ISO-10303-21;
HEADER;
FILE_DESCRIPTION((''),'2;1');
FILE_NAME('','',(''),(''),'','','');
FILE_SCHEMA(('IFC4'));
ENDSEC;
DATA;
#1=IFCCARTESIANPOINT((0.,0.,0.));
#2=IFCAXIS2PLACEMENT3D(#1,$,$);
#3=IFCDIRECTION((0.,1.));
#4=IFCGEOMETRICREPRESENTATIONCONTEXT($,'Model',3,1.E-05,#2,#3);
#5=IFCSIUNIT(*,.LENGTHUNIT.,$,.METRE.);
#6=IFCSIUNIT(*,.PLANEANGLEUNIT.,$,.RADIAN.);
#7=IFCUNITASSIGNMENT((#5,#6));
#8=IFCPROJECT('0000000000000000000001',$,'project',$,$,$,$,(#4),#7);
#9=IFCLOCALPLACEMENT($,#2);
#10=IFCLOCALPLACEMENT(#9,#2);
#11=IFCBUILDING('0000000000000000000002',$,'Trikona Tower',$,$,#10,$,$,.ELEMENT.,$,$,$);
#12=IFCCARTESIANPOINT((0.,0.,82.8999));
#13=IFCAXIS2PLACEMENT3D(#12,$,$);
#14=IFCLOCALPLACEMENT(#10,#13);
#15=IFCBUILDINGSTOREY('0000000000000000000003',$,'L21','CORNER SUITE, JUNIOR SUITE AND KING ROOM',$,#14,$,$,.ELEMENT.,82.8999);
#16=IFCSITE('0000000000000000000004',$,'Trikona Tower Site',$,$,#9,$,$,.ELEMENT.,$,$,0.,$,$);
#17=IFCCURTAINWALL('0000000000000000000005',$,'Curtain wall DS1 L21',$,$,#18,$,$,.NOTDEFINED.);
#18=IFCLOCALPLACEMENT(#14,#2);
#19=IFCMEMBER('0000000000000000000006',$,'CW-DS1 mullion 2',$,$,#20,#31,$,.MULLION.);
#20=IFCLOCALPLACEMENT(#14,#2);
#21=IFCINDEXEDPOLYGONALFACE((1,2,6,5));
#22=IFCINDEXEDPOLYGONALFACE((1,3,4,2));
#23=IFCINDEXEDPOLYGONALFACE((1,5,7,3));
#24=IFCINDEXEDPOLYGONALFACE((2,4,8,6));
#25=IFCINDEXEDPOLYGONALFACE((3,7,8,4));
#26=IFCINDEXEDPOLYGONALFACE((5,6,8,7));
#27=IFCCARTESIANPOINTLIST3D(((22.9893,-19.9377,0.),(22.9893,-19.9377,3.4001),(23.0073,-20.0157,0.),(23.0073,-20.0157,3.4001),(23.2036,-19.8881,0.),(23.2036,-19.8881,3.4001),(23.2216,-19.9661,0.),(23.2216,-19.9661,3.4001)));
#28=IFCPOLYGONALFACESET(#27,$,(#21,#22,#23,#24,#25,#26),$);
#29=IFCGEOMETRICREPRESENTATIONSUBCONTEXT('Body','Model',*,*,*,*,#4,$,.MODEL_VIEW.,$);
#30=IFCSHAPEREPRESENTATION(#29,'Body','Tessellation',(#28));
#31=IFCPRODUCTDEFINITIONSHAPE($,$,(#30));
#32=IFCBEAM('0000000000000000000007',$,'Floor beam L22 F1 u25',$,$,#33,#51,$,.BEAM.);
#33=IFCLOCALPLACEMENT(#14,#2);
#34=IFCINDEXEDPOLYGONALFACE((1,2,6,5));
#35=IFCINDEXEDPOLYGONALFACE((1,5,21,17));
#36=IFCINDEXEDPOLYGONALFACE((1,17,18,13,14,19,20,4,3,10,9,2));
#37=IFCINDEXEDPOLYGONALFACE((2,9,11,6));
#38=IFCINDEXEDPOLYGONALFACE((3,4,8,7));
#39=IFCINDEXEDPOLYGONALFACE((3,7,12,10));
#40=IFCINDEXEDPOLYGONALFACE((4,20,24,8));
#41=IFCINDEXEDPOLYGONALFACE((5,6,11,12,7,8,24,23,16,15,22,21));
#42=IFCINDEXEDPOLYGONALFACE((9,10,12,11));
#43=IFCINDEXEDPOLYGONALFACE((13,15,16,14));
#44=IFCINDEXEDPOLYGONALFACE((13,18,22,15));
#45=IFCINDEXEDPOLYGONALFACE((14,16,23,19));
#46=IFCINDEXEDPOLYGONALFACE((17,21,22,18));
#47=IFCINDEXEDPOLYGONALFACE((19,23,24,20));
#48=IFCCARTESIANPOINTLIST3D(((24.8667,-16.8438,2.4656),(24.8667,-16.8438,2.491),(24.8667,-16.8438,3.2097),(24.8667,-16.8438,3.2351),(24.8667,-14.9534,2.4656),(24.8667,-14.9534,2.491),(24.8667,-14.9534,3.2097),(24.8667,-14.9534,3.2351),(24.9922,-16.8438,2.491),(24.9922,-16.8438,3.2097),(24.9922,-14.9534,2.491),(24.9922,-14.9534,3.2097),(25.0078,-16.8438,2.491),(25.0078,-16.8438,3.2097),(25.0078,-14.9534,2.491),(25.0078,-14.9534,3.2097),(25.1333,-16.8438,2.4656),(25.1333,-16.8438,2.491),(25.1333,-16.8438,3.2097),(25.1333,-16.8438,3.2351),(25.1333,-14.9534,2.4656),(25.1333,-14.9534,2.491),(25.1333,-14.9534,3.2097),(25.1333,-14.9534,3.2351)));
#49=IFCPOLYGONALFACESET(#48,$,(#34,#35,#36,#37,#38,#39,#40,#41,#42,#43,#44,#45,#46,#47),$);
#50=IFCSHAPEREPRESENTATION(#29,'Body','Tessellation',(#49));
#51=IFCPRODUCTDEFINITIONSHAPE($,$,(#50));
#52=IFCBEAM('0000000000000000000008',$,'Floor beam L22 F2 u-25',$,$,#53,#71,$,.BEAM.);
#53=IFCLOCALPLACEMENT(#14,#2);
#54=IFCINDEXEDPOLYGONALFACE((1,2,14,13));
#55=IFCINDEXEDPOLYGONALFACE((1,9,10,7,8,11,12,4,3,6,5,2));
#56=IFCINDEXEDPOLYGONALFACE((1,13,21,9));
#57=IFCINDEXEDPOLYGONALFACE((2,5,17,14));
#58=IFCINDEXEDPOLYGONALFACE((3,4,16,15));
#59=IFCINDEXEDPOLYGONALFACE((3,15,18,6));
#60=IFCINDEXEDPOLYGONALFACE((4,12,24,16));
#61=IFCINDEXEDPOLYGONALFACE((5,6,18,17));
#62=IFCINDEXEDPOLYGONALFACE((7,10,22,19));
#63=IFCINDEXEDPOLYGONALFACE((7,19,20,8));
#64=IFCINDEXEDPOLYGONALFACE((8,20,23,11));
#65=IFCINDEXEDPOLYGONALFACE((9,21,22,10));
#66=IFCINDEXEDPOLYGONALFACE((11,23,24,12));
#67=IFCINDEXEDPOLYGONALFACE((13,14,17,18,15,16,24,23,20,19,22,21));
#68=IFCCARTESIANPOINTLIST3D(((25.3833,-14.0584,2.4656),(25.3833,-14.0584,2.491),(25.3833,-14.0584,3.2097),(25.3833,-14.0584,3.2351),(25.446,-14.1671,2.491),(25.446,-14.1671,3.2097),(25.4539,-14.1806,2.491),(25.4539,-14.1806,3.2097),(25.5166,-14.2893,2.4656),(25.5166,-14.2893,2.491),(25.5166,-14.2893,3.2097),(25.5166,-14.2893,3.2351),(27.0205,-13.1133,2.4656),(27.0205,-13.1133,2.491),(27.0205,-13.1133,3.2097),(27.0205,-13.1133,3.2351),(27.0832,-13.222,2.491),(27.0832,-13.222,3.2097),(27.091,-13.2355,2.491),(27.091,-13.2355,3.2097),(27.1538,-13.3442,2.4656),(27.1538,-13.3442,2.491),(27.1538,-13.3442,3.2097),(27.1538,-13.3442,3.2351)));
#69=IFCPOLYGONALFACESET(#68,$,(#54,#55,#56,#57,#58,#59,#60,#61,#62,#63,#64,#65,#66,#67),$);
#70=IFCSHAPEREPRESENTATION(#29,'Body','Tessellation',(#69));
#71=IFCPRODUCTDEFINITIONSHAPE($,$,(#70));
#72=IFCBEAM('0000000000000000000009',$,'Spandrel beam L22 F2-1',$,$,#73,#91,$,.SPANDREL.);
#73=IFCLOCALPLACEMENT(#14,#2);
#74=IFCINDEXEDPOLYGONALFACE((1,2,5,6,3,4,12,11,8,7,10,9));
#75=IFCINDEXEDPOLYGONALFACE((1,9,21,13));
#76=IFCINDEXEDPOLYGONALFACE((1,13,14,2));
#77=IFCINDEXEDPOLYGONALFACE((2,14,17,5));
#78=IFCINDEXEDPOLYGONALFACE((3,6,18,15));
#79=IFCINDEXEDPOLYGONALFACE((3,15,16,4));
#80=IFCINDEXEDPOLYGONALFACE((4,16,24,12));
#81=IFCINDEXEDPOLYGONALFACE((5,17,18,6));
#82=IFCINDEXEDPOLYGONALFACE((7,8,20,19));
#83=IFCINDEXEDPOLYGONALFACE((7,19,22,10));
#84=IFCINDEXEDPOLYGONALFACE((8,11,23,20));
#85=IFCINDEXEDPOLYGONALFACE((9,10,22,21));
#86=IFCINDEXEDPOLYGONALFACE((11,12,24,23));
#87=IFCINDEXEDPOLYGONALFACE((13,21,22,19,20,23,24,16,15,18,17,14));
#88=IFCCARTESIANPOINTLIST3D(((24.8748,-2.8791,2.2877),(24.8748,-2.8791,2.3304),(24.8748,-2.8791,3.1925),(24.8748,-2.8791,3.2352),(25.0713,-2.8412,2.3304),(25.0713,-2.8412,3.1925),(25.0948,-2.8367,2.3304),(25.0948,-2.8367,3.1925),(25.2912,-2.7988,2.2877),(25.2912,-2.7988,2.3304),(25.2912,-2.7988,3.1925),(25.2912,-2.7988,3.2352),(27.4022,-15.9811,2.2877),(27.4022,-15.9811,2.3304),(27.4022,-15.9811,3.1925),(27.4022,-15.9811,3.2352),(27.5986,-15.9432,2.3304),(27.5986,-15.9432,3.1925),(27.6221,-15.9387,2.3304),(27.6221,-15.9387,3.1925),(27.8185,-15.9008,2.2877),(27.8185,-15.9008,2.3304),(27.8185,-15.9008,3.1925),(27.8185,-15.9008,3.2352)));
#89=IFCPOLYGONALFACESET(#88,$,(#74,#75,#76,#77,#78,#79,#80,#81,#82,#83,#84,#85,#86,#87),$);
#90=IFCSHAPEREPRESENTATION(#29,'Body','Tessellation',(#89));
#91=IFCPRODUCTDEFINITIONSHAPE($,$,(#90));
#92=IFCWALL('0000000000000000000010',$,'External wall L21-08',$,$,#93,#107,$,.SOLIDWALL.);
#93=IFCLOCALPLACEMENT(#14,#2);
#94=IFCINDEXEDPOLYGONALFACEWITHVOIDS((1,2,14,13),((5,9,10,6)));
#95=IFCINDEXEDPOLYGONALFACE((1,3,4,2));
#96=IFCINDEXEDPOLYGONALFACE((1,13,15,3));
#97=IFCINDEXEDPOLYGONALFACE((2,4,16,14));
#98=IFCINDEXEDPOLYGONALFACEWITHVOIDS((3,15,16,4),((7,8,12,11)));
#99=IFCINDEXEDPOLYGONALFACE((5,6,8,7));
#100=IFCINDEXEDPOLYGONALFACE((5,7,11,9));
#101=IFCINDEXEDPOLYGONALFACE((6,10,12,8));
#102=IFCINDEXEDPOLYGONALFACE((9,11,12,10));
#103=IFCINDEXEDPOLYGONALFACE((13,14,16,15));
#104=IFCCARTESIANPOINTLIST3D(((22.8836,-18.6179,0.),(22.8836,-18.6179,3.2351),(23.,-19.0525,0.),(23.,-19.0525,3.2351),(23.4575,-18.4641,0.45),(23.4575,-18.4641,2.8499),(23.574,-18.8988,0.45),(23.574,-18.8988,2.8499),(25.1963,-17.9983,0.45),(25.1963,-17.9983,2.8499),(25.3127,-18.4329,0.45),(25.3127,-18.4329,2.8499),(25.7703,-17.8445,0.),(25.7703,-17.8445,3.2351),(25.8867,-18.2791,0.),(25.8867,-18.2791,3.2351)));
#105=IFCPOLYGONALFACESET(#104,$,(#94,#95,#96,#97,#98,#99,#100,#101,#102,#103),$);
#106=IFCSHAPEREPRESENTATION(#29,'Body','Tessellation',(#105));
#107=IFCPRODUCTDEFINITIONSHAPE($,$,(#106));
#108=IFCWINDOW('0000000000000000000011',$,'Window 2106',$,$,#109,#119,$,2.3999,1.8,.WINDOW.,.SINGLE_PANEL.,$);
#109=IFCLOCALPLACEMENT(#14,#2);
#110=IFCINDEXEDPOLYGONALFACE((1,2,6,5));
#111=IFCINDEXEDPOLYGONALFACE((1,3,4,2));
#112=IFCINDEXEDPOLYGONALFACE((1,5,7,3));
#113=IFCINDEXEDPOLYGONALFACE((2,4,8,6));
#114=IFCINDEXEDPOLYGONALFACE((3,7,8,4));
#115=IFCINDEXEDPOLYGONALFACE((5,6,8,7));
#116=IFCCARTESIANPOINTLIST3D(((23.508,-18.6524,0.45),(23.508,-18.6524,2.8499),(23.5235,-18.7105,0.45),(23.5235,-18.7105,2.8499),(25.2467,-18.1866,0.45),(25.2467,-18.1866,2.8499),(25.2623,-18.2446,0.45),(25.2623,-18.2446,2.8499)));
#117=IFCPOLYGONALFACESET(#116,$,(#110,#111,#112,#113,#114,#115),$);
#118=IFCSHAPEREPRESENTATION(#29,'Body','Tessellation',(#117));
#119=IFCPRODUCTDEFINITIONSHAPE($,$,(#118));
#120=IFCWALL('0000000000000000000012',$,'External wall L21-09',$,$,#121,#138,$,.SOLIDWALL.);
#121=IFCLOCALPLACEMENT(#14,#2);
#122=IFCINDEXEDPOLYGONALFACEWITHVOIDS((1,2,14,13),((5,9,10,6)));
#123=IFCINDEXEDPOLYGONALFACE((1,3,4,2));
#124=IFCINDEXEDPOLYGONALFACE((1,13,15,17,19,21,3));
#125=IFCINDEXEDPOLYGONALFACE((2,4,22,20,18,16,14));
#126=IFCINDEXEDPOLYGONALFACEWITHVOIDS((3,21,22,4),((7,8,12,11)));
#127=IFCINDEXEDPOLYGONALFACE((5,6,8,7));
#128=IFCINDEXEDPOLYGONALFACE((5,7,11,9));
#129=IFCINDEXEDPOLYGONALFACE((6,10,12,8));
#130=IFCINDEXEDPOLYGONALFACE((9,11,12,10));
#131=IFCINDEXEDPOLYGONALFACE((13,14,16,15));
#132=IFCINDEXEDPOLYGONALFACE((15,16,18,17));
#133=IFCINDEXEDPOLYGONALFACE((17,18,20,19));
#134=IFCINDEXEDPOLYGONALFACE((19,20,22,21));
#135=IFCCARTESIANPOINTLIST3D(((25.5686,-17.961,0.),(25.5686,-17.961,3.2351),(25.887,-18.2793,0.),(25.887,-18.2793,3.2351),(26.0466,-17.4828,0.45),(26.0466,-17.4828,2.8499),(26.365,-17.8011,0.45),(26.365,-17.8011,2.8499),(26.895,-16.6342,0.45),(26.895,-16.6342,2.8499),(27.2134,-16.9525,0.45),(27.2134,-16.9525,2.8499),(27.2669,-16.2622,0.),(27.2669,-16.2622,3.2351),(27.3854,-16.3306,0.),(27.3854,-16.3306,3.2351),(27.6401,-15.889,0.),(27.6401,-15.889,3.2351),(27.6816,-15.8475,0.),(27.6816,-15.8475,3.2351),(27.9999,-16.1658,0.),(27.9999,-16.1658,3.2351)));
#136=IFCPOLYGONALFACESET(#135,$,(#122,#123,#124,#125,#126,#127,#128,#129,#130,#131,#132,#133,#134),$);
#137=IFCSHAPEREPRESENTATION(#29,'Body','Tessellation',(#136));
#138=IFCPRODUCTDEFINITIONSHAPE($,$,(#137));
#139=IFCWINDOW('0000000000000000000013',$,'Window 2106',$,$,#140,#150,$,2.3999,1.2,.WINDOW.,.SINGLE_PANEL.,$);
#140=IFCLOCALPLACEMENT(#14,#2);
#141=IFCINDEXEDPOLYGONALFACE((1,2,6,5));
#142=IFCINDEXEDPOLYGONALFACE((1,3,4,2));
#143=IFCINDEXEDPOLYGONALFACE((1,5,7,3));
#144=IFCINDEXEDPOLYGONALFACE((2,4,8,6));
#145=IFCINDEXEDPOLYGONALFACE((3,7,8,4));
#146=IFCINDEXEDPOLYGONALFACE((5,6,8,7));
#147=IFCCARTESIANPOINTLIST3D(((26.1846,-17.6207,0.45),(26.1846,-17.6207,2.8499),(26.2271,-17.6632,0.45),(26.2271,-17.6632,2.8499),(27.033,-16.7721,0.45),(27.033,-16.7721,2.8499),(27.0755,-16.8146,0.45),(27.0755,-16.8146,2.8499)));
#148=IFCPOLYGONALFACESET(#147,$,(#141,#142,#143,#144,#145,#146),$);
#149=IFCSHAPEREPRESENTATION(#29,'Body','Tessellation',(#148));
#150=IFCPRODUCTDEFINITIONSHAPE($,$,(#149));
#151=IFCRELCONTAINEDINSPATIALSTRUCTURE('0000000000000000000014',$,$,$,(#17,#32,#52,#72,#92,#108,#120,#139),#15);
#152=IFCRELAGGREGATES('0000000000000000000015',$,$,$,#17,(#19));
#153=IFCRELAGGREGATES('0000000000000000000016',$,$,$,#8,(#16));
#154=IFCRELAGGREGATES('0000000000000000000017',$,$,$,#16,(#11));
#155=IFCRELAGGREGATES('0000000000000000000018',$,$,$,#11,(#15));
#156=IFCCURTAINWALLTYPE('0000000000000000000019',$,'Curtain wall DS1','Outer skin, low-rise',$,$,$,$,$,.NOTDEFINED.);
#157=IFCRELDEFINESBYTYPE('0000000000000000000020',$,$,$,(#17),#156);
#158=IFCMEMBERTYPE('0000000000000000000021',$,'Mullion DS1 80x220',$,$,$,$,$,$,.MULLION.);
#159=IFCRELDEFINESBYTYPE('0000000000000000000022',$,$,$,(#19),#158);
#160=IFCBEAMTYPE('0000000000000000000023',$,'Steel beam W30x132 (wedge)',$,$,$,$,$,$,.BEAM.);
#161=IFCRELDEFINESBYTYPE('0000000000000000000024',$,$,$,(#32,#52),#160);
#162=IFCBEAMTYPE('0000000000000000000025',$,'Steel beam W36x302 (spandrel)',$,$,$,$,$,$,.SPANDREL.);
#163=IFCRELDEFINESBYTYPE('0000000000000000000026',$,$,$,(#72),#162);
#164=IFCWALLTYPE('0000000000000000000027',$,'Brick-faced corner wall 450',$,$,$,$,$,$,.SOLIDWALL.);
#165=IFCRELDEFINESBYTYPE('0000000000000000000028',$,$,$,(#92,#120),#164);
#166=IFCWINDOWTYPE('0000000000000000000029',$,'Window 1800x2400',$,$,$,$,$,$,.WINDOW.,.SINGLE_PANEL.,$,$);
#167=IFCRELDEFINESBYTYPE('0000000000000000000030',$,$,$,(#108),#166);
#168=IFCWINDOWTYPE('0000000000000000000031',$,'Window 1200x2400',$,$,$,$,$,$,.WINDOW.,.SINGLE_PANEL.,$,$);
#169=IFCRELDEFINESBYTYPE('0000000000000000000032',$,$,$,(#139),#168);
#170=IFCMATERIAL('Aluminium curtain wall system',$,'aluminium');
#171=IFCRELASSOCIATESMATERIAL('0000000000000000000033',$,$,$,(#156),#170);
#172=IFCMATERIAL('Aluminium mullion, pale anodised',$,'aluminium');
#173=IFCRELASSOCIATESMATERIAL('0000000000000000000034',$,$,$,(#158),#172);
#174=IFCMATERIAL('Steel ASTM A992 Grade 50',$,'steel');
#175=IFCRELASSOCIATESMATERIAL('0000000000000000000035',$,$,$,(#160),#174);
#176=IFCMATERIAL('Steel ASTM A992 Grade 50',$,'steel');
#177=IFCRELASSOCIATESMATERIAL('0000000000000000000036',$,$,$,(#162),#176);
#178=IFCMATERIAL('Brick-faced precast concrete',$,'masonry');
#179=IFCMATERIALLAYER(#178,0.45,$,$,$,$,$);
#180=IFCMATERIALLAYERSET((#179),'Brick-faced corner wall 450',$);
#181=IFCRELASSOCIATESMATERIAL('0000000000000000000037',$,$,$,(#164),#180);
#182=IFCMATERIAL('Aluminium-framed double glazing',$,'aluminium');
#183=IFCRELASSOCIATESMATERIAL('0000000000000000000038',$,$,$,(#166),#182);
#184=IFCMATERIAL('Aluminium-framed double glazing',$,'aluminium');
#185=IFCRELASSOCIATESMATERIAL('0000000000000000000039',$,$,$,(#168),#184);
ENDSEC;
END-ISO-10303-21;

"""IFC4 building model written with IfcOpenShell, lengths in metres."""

from ifc_helpers import new_model, si_unit, direction, frame, frame_2d, origin, origin_2d, place, context, subcontext, project, spatial, polyline, rectangle, i_section, outline, extrude, material, layer, layer_set, material_profile, profile_set, type_object, element, fill, aggregate, save


model = new_model("IFC4")

# Units and contexts
model_context = context("Model", 3, precision=1e-05, world=origin(), true_north=direction((0.0, 1.0)))
body_context = subcontext(model_context, "Body", "Model", "MODEL_VIEW")
ifc_project = project(units=[si_unit("LENGTHUNIT", "METRE"), si_unit("PLANEANGLEUNIT", "RADIAN")], contexts=[model_context])

# Site, building, storey
site_placement = place(None, origin())
site = spatial("IfcSite", under=ifc_project, at=site_placement, Name="Trikona Tower Site", CompositionType="ELEMENT", RefElevation=0.0)
building_placement = place(site_placement, origin())
building = spatial("IfcBuilding", under=site, at=building_placement, Name="Trikona Tower", CompositionType="ELEMENT")
storey_placement = place(building_placement, frame((0.0, 0.0, 82.8999)))
storey = spatial("IfcBuildingStorey", under=building, at=storey_placement, Name="L21", Description="CORNER SUITE, JUNIOR SUITE AND KING ROOM", CompositionType="ELEMENT", Elevation=82.8999)

# Curtain wall, member
ifc_material_1 = material(Name="Aluminium curtain wall system", Category="aluminium")
curtain_wall_type = type_object("IfcCurtainWallType", Name="Curtain wall DS1", Description="Outer skin, low-rise", PredefinedType="NOTDEFINED", material=ifc_material_1)
curtain_wall_placement = place(storey_placement, origin())
curtain_wall = element("IfcCurtainWall", 1, at=curtain_wall_placement, inside=storey, type_object=curtain_wall_type, Name="Curtain wall DS1 L21", PredefinedType="NOTDEFINED")
ifc_material_2 = material(Name="Aluminium mullion, pale anodised", Category="aluminium")
ifc_material_profile_1 = material_profile(ifc_material_2, rectangle(XDim=0.0801, YDim=0.22, at=origin_2d()), Name="MUL-DS1")
ifc_profile_set_1 = profile_set([ifc_material_profile_1], Name="Aluminium mullion, pale anodised")
member_type = type_object("IfcMemberType", Name="Mullion DS1 80x220", PredefinedType="MULLION", material=ifc_profile_set_1)
member_placement = place(storey_placement, frame((23.1055, -19.9519, 0.0), z_axis=(0.0, 0.0, 1.0), x_axis=(-0.225343, 0.974279, 0.0)))
member = element("IfcMember", 2, at=member_placement, type_object=member_type, Name="CW-DS1 mullion 2", PredefinedType="MULLION", context=body_context, shape_type="SweptSolid", body=[
    extrude(rectangle(XDim=0.0801, YDim=0.22, at=origin_2d()), origin(), (0.0, 0.0, 1.0), 3.4001),
])
aggregate(curtain_wall, [member])

# Beams
ifc_material_3 = material(Name="Steel ASTM A992 Grade 50", Category="steel")
ifc_material_profile_2 = material_profile(ifc_material_3, i_section(OverallWidth=0.2666, OverallDepth=0.7695, WebThickness=0.0156, FlangeThickness=0.0254, at=origin_2d()), Name="W30X132")
ifc_profile_set_2 = profile_set([ifc_material_profile_2], Name="Steel ASTM A992 Grade 50")
beam_type_1 = type_object("IfcBeamType", Name="Steel beam W30x132 (wedge)", PredefinedType="BEAM", material=ifc_profile_set_2)
for number, where, z_axis, x_axis, name in (
    (3, (25.0, -14.9534, 2.8503), (0.0, -1.0, 0.0), (1.0, 0.0, 0.0), "Floor beam L22 F1 u25"),
    (4, (25.45, -14.1738, 2.8503), (0.866065, 0.499931, 0.0), (-0.499931, 0.866065, 0.0), "Floor beam L22 F2 u-25"),
):
    element("IfcBeam", number, at=place(storey_placement, frame(where, z_axis=z_axis, x_axis=x_axis)), inside=storey, type_object=beam_type_1, Name=name, PredefinedType="BEAM", context=body_context, shape_type="SweptSolid", body=[
        extrude(i_section(OverallWidth=0.2666, OverallDepth=0.7695, WebThickness=0.0156, FlangeThickness=0.0254, at=origin_2d()), origin(), (0.0, 0.0, 1.0), 1.8904),
    ])
ifc_material_4 = material(Name="Steel ASTM A992 Grade 50", Category="steel")
ifc_material_profile_3 = material_profile(ifc_material_4, i_section(OverallWidth=0.4241, OverallDepth=0.9475, WebThickness=0.0239, FlangeThickness=0.0427, at=origin_2d()), Name="W36X302")
ifc_profile_set_3 = profile_set([ifc_material_profile_3], Name="Steel ASTM A992 Grade 50")
beam_type_2 = type_object("IfcBeamType", Name="Steel beam W36x302 (spandrel)", PredefinedType="SPANDREL", material=ifc_profile_set_3)
beam_placement = place(storey_placement, frame((27.6104, -15.9409, 2.7615), z_axis=(-0.189405, 0.981899, 0.0), x_axis=(-0.981899, -0.189405, 0.0)))
element("IfcBeam", 5, at=beam_placement, inside=storey, type_object=beam_type_2, Name="Spandrel beam L22 F2-1", PredefinedType="SPANDREL", context=body_context, shape_type="SweptSolid", body=[
    extrude(i_section(OverallWidth=0.4241, OverallDepth=0.9475, WebThickness=0.0239, FlangeThickness=0.0427, at=origin_2d()), origin(), (0.0, 0.0, 1.0), 13.3435),
])

# Walls, openings, windows
ifc_material_5 = material(Name="Brick-faced precast concrete", Category="masonry")
ifc_layer_1 = layer(ifc_material_5, 0.45)
ifc_layer_set_1 = layer_set([ifc_layer_1], Name="Brick-faced corner wall 450")
wall_type_1 = type_object("IfcWallType", Name="Brick-faced corner wall 450", PredefinedType="SOLIDWALL", material=ifc_layer_set_1)
wall_1_placement = place(storey_placement, frame((22.9419, -18.8352, 0.0), z_axis=(0.0, 0.0, 1.0), x_axis=(0.965931, 0.258801, 0.0)))
wall_1 = element("IfcWall", 6, at=wall_1_placement, inside=storey, type_object=wall_type_1, Name="External wall L21-08", PredefinedType="SOLIDWALL", context=body_context, shape_type="SweptSolid", body=[
    extrude(rectangle(XDim=2.9885, YDim=0.45, at=frame_2d((1.4941, 0.0))), origin(), (0.0, 0.0, 1.0), 3.2351),
])
opening_1_placement = place(wall_1_placement, frame((0.5942, 0.0, 0.45)))
opening_1 = element("IfcOpeningElement", 7, at=opening_1_placement, cuts=wall_1, PredefinedType="OPENING", context=body_context, shape_type="SweptSolid", body=[
    extrude(rectangle(XDim=1.8, YDim=2.3999, at=frame_2d((0.8999, 1.2))), frame((0.0, 0.2349, 0.0), z_axis=(0.0, -1.0, 0.0), x_axis=(1.0, 0.0, 0.0)), (0.0, 0.0, 1.0), 0.47),
])
ifc_material_6 = material(Name="Aluminium-framed double glazing", Category="aluminium")
window_type_1 = type_object("IfcWindowType", Name="Window 1800x2400", PartitioningType="SINGLE_PANEL", PredefinedType="WINDOW", material=ifc_material_6)
window_1_placement = place(opening_1_placement, origin())
window_1 = element("IfcWindow", 8, at=window_1_placement, inside=storey, type_object=window_type_1, Name="Window 2106", OverallHeight=2.3999, OverallWidth=1.8, PartitioningType="SINGLE_PANEL", PredefinedType="WINDOW", context=body_context, shape_type="SweptSolid", body=[
    extrude(rectangle(XDim=1.8, YDim=2.3999, at=frame_2d((0.8999, 1.2))), frame((0.0, 0.03, 0.0), z_axis=(0.0, -1.0, 0.0), x_axis=(1.0, 0.0, 0.0)), (0.0, 0.0, 1.0), 0.0601),
])
fill(opening_1, window_1)
wall_2_placement = place(storey_placement, frame((25.7278, -18.1201, 0.0), z_axis=(0.0, 0.0, 1.0), x_axis=(0.707025, 0.707188, 0.0)))
wall_2 = element("IfcWall", 9, at=wall_2_placement, inside=storey, type_object=wall_type_1, Name="External wall L21-09", PredefinedType="SOLIDWALL", context=body_context, shape_type="SweptSolid", body=[
    extrude(outline(polyline([(2.9885, 0.2251), (2.9299, 0.2251), (2.4375, 0.093), (2.4021, 0.2251), (0.0, 0.2251), (0.0, -0.2251), (2.9885, -0.2251), (2.9885, 0.2251)])), origin(), (0.0, 0.0, 1.0), 3.2351),
])
opening_2_placement = place(wall_2_placement, frame((0.676, 0.0, 0.45)))
opening_2 = element("IfcOpeningElement", 10, at=opening_2_placement, cuts=wall_2, PredefinedType="OPENING", context=body_context, shape_type="SweptSolid", body=[
    extrude(rectangle(XDim=1.2, YDim=2.3999, at=frame_2d((0.6001, 1.2))), frame((0.0, 0.2349, 0.0), z_axis=(0.0, -1.0, 0.0), x_axis=(1.0, 0.0, 0.0)), (0.0, 0.0, 1.0), 0.47),
])
ifc_material_7 = material(Name="Aluminium-framed double glazing", Category="aluminium")
window_type_2 = type_object("IfcWindowType", Name="Window 1200x2400", PartitioningType="SINGLE_PANEL", PredefinedType="WINDOW", material=ifc_material_7)
window_2_placement = place(opening_2_placement, origin())
window_2 = element("IfcWindow", 11, at=window_2_placement, inside=storey, type_object=window_type_2, Name="Window 2106", OverallHeight=2.3999, OverallWidth=1.2, PartitioningType="SINGLE_PANEL", PredefinedType="WINDOW", context=body_context, shape_type="SweptSolid", body=[
    extrude(rectangle(XDim=1.2, YDim=2.3999, at=frame_2d((0.6001, 1.2))), frame((0.0, 0.03, 0.0), z_axis=(0.0, -1.0, 0.0), x_axis=(1.0, 0.0, 0.0)), (0.0, 0.0, 1.0), 0.0601),
])
fill(opening_2, window_2)

save(model, "model.ifc")
